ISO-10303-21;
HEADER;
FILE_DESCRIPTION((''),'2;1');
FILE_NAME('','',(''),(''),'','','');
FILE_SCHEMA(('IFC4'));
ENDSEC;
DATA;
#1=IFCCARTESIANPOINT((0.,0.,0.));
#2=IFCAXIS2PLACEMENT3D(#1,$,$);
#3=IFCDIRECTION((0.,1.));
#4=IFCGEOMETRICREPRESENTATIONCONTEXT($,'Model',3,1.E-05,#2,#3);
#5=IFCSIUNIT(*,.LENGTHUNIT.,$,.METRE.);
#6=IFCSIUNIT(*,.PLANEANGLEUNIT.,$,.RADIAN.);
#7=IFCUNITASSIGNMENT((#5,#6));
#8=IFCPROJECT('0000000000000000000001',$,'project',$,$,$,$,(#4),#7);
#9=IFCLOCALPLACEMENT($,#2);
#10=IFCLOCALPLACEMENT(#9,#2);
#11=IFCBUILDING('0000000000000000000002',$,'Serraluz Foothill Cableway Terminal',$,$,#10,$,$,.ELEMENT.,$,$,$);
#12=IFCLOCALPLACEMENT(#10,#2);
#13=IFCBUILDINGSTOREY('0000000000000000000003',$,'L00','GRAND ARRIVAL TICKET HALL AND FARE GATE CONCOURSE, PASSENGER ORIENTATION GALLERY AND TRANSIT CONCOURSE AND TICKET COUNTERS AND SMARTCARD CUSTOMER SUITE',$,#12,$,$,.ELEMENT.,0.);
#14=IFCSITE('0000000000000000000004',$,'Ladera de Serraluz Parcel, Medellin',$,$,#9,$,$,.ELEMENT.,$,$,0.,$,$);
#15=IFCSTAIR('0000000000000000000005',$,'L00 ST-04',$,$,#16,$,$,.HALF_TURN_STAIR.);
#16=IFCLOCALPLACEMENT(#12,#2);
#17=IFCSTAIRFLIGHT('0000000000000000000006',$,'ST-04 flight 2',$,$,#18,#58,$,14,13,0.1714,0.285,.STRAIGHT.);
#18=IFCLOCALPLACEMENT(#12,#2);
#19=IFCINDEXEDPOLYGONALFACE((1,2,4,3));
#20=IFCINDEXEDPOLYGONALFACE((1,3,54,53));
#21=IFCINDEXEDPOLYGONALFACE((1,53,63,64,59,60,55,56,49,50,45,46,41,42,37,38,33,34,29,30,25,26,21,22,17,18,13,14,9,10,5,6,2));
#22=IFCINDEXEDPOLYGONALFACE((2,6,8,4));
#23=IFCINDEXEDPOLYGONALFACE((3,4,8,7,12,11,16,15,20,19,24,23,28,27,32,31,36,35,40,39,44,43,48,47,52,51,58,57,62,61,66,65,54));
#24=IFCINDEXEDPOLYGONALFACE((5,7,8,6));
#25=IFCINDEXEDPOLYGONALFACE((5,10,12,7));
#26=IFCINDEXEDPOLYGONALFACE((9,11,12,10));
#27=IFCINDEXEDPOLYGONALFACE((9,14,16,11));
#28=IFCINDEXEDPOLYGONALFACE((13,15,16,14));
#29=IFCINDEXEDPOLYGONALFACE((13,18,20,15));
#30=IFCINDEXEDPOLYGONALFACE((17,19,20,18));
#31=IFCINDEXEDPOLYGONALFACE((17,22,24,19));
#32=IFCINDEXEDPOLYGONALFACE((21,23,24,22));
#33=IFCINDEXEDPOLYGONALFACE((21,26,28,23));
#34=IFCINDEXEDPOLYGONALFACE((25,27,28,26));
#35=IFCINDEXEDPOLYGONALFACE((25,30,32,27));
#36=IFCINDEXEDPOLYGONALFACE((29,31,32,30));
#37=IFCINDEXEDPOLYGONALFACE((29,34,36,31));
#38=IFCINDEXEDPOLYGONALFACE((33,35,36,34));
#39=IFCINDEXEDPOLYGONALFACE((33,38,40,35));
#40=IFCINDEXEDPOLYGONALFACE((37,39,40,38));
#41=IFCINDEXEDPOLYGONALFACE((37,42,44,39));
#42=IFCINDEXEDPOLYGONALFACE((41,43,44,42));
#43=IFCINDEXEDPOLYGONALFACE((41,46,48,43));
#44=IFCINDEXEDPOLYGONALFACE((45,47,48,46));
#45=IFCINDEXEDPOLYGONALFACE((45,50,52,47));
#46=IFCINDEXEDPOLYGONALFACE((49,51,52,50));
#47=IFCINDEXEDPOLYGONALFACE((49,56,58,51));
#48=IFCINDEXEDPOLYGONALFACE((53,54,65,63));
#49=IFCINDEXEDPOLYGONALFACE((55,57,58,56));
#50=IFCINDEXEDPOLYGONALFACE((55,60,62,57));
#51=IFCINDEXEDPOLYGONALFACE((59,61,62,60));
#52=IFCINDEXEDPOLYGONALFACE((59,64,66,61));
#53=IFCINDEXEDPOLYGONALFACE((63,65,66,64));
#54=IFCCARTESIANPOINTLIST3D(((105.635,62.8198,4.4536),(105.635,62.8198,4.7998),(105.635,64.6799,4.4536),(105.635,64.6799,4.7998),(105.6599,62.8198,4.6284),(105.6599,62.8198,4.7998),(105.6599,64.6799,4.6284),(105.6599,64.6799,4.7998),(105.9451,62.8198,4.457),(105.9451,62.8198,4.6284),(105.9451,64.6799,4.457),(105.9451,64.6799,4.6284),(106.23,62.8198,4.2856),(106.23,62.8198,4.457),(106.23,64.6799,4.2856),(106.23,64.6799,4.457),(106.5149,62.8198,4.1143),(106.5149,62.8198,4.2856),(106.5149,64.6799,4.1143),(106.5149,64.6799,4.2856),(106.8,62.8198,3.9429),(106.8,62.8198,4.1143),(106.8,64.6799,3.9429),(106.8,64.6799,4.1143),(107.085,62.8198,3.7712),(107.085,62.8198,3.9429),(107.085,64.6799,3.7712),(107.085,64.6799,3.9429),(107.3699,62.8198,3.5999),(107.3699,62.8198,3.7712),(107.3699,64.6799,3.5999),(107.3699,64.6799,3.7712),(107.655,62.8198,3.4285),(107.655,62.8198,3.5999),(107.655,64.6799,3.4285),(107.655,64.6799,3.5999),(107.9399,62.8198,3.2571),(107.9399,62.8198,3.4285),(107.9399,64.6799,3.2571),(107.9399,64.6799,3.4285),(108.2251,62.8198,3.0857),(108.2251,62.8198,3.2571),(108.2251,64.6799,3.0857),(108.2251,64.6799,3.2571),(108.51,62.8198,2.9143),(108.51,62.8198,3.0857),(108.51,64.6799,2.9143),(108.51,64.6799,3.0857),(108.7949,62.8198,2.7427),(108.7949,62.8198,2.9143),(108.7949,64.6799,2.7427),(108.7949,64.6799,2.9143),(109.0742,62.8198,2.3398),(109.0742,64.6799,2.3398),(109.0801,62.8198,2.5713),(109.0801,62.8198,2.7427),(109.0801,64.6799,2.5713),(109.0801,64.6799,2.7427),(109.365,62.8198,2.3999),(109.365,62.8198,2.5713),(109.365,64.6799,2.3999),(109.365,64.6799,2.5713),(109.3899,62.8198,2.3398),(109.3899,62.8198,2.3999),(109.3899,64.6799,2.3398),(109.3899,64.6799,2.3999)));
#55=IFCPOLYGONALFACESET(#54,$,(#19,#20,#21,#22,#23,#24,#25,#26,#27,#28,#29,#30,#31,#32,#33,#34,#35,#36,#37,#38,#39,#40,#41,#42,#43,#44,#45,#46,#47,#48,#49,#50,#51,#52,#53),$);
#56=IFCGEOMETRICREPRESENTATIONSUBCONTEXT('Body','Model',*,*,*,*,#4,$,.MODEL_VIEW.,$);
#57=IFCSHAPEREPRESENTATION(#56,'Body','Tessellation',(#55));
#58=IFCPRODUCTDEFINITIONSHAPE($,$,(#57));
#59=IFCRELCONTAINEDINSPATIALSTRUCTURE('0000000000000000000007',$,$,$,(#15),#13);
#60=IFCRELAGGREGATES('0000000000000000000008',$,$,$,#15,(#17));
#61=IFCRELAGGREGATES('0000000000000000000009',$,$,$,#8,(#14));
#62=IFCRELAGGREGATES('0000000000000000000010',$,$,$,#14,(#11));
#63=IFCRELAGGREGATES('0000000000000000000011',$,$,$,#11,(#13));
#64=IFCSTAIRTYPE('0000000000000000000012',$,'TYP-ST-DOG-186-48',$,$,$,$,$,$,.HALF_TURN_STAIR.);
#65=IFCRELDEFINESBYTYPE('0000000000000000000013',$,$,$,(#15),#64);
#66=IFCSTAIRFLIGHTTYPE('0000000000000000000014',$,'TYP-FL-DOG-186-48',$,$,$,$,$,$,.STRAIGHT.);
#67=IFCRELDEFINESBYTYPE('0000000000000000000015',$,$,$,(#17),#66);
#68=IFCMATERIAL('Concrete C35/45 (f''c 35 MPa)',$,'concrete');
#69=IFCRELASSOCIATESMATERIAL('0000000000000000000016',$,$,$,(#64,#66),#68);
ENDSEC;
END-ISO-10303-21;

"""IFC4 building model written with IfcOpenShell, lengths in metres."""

from ifc_helpers import new_model, si_unit, direction, frame, origin, place, context, subcontext, project, spatial, polyline, outline, extrude, material, type_object, element, aggregate, save


model = new_model("IFC4")

# Units and contexts
model_context = context("Model", 3, precision=1e-05, world=origin(), true_north=direction((0.0, 1.0)))
body_context = subcontext(model_context, "Body", "Model", "MODEL_VIEW")
ifc_project = project(units=[si_unit("LENGTHUNIT", "METRE"), si_unit("PLANEANGLEUNIT", "RADIAN")], contexts=[model_context])

# Site, building, storey
site_placement = place(None, origin())
site = spatial("IfcSite", under=ifc_project, at=site_placement, Name="Ladera de Serraluz Parcel, Medellin", CompositionType="ELEMENT", RefElevation=0.0)
building_placement = place(site_placement, origin())
building = spatial("IfcBuilding", under=site, at=building_placement, Name="Serraluz Foothill Cableway Terminal", CompositionType="ELEMENT")
storey_placement = place(building_placement, origin())
storey = spatial("IfcBuildingStorey", under=building, at=storey_placement, Name="L00", Description="GRAND ARRIVAL TICKET HALL AND FARE GATE CONCOURSE, PASSENGER ORIENTATION GALLERY AND TRANSIT CONCOURSE AND TICKET COUNTERS AND SMARTCARD CUSTOMER SUITE", CompositionType="ELEMENT", Elevation=0.0)

# Shared definitions
ifc_material_1 = material(Name="Concrete C35/45 (f'c 35 MPa)", Category="concrete")

# Stair, stair flight
stair_type = type_object("IfcStairType", Name="TYP-ST-DOG-186-48", PredefinedType="HALF_TURN_STAIR", material=ifc_material_1)
stair_placement = place(storey_placement, origin())
stair = element("IfcStair", 1, at=stair_placement, inside=storey, type_object=stair_type, Name="L00 ST-04", PredefinedType="HALF_TURN_STAIR")
stair_flight_type = type_object("IfcStairFlightType", Name="TYP-FL-DOG-186-48", PredefinedType="STRAIGHT", material=ifc_material_1)
stair_flight_1_placement = place(storey_placement, frame((109.365, 63.75, 2.3999), z_axis=(0.0, 0.0, 1.0), x_axis=(-1.0, 0.0, 0.0)))
stair_flight_1 = element("IfcStairFlight", 2, at=stair_flight_1_placement, type_object=stair_flight_type, Name="ST-04 flight 2", NumberOfRisers=14, NumberOfTreads=13, PredefinedType="STRAIGHT", RiserHeight=0.1714, TreadLength=0.285, context=body_context, shape_type="SweptSolid", body=[
    extrude(outline(polyline([(-0.0249, -0.0601), (-0.0249, 0.0), (0.0, 0.0), (0.0, 0.1714), (0.2849, 0.1714), (0.2849, 0.3428), (0.5701, 0.3428), (0.5701, 0.5144), (0.855, 0.5144), (0.855, 0.6858), (1.1399, 0.6858), (1.1399, 0.8572), (1.425, 0.8572), (1.425, 1.0286), (1.71, 1.0286), (1.71, 1.2), (1.9951, 1.2), (1.9951, 1.3713), (2.28, 1.3713), (2.28, 1.543), (2.5649, 1.543), (2.5649, 1.7144), (2.8501, 1.7144), (2.8501, 1.8857), (3.135, 1.8857), (3.135, 2.0571), (3.4199, 2.0571), (3.4199, 2.2285), (3.7051, 2.2285), (3.7051, 2.3999), (3.73, 2.3999), (3.73, 2.0537), (0.2908, -0.0601), (-0.0249, -0.0601)])), frame((0.0, 0.9302, 0.0), z_axis=(0.0, -1.0, 0.0), x_axis=(1.0, 0.0, 0.0)), (0.0, 0.0, 1.0), 1.8601),
])
aggregate(stair, [stair_flight_1])

save(model, "model.ifc")
